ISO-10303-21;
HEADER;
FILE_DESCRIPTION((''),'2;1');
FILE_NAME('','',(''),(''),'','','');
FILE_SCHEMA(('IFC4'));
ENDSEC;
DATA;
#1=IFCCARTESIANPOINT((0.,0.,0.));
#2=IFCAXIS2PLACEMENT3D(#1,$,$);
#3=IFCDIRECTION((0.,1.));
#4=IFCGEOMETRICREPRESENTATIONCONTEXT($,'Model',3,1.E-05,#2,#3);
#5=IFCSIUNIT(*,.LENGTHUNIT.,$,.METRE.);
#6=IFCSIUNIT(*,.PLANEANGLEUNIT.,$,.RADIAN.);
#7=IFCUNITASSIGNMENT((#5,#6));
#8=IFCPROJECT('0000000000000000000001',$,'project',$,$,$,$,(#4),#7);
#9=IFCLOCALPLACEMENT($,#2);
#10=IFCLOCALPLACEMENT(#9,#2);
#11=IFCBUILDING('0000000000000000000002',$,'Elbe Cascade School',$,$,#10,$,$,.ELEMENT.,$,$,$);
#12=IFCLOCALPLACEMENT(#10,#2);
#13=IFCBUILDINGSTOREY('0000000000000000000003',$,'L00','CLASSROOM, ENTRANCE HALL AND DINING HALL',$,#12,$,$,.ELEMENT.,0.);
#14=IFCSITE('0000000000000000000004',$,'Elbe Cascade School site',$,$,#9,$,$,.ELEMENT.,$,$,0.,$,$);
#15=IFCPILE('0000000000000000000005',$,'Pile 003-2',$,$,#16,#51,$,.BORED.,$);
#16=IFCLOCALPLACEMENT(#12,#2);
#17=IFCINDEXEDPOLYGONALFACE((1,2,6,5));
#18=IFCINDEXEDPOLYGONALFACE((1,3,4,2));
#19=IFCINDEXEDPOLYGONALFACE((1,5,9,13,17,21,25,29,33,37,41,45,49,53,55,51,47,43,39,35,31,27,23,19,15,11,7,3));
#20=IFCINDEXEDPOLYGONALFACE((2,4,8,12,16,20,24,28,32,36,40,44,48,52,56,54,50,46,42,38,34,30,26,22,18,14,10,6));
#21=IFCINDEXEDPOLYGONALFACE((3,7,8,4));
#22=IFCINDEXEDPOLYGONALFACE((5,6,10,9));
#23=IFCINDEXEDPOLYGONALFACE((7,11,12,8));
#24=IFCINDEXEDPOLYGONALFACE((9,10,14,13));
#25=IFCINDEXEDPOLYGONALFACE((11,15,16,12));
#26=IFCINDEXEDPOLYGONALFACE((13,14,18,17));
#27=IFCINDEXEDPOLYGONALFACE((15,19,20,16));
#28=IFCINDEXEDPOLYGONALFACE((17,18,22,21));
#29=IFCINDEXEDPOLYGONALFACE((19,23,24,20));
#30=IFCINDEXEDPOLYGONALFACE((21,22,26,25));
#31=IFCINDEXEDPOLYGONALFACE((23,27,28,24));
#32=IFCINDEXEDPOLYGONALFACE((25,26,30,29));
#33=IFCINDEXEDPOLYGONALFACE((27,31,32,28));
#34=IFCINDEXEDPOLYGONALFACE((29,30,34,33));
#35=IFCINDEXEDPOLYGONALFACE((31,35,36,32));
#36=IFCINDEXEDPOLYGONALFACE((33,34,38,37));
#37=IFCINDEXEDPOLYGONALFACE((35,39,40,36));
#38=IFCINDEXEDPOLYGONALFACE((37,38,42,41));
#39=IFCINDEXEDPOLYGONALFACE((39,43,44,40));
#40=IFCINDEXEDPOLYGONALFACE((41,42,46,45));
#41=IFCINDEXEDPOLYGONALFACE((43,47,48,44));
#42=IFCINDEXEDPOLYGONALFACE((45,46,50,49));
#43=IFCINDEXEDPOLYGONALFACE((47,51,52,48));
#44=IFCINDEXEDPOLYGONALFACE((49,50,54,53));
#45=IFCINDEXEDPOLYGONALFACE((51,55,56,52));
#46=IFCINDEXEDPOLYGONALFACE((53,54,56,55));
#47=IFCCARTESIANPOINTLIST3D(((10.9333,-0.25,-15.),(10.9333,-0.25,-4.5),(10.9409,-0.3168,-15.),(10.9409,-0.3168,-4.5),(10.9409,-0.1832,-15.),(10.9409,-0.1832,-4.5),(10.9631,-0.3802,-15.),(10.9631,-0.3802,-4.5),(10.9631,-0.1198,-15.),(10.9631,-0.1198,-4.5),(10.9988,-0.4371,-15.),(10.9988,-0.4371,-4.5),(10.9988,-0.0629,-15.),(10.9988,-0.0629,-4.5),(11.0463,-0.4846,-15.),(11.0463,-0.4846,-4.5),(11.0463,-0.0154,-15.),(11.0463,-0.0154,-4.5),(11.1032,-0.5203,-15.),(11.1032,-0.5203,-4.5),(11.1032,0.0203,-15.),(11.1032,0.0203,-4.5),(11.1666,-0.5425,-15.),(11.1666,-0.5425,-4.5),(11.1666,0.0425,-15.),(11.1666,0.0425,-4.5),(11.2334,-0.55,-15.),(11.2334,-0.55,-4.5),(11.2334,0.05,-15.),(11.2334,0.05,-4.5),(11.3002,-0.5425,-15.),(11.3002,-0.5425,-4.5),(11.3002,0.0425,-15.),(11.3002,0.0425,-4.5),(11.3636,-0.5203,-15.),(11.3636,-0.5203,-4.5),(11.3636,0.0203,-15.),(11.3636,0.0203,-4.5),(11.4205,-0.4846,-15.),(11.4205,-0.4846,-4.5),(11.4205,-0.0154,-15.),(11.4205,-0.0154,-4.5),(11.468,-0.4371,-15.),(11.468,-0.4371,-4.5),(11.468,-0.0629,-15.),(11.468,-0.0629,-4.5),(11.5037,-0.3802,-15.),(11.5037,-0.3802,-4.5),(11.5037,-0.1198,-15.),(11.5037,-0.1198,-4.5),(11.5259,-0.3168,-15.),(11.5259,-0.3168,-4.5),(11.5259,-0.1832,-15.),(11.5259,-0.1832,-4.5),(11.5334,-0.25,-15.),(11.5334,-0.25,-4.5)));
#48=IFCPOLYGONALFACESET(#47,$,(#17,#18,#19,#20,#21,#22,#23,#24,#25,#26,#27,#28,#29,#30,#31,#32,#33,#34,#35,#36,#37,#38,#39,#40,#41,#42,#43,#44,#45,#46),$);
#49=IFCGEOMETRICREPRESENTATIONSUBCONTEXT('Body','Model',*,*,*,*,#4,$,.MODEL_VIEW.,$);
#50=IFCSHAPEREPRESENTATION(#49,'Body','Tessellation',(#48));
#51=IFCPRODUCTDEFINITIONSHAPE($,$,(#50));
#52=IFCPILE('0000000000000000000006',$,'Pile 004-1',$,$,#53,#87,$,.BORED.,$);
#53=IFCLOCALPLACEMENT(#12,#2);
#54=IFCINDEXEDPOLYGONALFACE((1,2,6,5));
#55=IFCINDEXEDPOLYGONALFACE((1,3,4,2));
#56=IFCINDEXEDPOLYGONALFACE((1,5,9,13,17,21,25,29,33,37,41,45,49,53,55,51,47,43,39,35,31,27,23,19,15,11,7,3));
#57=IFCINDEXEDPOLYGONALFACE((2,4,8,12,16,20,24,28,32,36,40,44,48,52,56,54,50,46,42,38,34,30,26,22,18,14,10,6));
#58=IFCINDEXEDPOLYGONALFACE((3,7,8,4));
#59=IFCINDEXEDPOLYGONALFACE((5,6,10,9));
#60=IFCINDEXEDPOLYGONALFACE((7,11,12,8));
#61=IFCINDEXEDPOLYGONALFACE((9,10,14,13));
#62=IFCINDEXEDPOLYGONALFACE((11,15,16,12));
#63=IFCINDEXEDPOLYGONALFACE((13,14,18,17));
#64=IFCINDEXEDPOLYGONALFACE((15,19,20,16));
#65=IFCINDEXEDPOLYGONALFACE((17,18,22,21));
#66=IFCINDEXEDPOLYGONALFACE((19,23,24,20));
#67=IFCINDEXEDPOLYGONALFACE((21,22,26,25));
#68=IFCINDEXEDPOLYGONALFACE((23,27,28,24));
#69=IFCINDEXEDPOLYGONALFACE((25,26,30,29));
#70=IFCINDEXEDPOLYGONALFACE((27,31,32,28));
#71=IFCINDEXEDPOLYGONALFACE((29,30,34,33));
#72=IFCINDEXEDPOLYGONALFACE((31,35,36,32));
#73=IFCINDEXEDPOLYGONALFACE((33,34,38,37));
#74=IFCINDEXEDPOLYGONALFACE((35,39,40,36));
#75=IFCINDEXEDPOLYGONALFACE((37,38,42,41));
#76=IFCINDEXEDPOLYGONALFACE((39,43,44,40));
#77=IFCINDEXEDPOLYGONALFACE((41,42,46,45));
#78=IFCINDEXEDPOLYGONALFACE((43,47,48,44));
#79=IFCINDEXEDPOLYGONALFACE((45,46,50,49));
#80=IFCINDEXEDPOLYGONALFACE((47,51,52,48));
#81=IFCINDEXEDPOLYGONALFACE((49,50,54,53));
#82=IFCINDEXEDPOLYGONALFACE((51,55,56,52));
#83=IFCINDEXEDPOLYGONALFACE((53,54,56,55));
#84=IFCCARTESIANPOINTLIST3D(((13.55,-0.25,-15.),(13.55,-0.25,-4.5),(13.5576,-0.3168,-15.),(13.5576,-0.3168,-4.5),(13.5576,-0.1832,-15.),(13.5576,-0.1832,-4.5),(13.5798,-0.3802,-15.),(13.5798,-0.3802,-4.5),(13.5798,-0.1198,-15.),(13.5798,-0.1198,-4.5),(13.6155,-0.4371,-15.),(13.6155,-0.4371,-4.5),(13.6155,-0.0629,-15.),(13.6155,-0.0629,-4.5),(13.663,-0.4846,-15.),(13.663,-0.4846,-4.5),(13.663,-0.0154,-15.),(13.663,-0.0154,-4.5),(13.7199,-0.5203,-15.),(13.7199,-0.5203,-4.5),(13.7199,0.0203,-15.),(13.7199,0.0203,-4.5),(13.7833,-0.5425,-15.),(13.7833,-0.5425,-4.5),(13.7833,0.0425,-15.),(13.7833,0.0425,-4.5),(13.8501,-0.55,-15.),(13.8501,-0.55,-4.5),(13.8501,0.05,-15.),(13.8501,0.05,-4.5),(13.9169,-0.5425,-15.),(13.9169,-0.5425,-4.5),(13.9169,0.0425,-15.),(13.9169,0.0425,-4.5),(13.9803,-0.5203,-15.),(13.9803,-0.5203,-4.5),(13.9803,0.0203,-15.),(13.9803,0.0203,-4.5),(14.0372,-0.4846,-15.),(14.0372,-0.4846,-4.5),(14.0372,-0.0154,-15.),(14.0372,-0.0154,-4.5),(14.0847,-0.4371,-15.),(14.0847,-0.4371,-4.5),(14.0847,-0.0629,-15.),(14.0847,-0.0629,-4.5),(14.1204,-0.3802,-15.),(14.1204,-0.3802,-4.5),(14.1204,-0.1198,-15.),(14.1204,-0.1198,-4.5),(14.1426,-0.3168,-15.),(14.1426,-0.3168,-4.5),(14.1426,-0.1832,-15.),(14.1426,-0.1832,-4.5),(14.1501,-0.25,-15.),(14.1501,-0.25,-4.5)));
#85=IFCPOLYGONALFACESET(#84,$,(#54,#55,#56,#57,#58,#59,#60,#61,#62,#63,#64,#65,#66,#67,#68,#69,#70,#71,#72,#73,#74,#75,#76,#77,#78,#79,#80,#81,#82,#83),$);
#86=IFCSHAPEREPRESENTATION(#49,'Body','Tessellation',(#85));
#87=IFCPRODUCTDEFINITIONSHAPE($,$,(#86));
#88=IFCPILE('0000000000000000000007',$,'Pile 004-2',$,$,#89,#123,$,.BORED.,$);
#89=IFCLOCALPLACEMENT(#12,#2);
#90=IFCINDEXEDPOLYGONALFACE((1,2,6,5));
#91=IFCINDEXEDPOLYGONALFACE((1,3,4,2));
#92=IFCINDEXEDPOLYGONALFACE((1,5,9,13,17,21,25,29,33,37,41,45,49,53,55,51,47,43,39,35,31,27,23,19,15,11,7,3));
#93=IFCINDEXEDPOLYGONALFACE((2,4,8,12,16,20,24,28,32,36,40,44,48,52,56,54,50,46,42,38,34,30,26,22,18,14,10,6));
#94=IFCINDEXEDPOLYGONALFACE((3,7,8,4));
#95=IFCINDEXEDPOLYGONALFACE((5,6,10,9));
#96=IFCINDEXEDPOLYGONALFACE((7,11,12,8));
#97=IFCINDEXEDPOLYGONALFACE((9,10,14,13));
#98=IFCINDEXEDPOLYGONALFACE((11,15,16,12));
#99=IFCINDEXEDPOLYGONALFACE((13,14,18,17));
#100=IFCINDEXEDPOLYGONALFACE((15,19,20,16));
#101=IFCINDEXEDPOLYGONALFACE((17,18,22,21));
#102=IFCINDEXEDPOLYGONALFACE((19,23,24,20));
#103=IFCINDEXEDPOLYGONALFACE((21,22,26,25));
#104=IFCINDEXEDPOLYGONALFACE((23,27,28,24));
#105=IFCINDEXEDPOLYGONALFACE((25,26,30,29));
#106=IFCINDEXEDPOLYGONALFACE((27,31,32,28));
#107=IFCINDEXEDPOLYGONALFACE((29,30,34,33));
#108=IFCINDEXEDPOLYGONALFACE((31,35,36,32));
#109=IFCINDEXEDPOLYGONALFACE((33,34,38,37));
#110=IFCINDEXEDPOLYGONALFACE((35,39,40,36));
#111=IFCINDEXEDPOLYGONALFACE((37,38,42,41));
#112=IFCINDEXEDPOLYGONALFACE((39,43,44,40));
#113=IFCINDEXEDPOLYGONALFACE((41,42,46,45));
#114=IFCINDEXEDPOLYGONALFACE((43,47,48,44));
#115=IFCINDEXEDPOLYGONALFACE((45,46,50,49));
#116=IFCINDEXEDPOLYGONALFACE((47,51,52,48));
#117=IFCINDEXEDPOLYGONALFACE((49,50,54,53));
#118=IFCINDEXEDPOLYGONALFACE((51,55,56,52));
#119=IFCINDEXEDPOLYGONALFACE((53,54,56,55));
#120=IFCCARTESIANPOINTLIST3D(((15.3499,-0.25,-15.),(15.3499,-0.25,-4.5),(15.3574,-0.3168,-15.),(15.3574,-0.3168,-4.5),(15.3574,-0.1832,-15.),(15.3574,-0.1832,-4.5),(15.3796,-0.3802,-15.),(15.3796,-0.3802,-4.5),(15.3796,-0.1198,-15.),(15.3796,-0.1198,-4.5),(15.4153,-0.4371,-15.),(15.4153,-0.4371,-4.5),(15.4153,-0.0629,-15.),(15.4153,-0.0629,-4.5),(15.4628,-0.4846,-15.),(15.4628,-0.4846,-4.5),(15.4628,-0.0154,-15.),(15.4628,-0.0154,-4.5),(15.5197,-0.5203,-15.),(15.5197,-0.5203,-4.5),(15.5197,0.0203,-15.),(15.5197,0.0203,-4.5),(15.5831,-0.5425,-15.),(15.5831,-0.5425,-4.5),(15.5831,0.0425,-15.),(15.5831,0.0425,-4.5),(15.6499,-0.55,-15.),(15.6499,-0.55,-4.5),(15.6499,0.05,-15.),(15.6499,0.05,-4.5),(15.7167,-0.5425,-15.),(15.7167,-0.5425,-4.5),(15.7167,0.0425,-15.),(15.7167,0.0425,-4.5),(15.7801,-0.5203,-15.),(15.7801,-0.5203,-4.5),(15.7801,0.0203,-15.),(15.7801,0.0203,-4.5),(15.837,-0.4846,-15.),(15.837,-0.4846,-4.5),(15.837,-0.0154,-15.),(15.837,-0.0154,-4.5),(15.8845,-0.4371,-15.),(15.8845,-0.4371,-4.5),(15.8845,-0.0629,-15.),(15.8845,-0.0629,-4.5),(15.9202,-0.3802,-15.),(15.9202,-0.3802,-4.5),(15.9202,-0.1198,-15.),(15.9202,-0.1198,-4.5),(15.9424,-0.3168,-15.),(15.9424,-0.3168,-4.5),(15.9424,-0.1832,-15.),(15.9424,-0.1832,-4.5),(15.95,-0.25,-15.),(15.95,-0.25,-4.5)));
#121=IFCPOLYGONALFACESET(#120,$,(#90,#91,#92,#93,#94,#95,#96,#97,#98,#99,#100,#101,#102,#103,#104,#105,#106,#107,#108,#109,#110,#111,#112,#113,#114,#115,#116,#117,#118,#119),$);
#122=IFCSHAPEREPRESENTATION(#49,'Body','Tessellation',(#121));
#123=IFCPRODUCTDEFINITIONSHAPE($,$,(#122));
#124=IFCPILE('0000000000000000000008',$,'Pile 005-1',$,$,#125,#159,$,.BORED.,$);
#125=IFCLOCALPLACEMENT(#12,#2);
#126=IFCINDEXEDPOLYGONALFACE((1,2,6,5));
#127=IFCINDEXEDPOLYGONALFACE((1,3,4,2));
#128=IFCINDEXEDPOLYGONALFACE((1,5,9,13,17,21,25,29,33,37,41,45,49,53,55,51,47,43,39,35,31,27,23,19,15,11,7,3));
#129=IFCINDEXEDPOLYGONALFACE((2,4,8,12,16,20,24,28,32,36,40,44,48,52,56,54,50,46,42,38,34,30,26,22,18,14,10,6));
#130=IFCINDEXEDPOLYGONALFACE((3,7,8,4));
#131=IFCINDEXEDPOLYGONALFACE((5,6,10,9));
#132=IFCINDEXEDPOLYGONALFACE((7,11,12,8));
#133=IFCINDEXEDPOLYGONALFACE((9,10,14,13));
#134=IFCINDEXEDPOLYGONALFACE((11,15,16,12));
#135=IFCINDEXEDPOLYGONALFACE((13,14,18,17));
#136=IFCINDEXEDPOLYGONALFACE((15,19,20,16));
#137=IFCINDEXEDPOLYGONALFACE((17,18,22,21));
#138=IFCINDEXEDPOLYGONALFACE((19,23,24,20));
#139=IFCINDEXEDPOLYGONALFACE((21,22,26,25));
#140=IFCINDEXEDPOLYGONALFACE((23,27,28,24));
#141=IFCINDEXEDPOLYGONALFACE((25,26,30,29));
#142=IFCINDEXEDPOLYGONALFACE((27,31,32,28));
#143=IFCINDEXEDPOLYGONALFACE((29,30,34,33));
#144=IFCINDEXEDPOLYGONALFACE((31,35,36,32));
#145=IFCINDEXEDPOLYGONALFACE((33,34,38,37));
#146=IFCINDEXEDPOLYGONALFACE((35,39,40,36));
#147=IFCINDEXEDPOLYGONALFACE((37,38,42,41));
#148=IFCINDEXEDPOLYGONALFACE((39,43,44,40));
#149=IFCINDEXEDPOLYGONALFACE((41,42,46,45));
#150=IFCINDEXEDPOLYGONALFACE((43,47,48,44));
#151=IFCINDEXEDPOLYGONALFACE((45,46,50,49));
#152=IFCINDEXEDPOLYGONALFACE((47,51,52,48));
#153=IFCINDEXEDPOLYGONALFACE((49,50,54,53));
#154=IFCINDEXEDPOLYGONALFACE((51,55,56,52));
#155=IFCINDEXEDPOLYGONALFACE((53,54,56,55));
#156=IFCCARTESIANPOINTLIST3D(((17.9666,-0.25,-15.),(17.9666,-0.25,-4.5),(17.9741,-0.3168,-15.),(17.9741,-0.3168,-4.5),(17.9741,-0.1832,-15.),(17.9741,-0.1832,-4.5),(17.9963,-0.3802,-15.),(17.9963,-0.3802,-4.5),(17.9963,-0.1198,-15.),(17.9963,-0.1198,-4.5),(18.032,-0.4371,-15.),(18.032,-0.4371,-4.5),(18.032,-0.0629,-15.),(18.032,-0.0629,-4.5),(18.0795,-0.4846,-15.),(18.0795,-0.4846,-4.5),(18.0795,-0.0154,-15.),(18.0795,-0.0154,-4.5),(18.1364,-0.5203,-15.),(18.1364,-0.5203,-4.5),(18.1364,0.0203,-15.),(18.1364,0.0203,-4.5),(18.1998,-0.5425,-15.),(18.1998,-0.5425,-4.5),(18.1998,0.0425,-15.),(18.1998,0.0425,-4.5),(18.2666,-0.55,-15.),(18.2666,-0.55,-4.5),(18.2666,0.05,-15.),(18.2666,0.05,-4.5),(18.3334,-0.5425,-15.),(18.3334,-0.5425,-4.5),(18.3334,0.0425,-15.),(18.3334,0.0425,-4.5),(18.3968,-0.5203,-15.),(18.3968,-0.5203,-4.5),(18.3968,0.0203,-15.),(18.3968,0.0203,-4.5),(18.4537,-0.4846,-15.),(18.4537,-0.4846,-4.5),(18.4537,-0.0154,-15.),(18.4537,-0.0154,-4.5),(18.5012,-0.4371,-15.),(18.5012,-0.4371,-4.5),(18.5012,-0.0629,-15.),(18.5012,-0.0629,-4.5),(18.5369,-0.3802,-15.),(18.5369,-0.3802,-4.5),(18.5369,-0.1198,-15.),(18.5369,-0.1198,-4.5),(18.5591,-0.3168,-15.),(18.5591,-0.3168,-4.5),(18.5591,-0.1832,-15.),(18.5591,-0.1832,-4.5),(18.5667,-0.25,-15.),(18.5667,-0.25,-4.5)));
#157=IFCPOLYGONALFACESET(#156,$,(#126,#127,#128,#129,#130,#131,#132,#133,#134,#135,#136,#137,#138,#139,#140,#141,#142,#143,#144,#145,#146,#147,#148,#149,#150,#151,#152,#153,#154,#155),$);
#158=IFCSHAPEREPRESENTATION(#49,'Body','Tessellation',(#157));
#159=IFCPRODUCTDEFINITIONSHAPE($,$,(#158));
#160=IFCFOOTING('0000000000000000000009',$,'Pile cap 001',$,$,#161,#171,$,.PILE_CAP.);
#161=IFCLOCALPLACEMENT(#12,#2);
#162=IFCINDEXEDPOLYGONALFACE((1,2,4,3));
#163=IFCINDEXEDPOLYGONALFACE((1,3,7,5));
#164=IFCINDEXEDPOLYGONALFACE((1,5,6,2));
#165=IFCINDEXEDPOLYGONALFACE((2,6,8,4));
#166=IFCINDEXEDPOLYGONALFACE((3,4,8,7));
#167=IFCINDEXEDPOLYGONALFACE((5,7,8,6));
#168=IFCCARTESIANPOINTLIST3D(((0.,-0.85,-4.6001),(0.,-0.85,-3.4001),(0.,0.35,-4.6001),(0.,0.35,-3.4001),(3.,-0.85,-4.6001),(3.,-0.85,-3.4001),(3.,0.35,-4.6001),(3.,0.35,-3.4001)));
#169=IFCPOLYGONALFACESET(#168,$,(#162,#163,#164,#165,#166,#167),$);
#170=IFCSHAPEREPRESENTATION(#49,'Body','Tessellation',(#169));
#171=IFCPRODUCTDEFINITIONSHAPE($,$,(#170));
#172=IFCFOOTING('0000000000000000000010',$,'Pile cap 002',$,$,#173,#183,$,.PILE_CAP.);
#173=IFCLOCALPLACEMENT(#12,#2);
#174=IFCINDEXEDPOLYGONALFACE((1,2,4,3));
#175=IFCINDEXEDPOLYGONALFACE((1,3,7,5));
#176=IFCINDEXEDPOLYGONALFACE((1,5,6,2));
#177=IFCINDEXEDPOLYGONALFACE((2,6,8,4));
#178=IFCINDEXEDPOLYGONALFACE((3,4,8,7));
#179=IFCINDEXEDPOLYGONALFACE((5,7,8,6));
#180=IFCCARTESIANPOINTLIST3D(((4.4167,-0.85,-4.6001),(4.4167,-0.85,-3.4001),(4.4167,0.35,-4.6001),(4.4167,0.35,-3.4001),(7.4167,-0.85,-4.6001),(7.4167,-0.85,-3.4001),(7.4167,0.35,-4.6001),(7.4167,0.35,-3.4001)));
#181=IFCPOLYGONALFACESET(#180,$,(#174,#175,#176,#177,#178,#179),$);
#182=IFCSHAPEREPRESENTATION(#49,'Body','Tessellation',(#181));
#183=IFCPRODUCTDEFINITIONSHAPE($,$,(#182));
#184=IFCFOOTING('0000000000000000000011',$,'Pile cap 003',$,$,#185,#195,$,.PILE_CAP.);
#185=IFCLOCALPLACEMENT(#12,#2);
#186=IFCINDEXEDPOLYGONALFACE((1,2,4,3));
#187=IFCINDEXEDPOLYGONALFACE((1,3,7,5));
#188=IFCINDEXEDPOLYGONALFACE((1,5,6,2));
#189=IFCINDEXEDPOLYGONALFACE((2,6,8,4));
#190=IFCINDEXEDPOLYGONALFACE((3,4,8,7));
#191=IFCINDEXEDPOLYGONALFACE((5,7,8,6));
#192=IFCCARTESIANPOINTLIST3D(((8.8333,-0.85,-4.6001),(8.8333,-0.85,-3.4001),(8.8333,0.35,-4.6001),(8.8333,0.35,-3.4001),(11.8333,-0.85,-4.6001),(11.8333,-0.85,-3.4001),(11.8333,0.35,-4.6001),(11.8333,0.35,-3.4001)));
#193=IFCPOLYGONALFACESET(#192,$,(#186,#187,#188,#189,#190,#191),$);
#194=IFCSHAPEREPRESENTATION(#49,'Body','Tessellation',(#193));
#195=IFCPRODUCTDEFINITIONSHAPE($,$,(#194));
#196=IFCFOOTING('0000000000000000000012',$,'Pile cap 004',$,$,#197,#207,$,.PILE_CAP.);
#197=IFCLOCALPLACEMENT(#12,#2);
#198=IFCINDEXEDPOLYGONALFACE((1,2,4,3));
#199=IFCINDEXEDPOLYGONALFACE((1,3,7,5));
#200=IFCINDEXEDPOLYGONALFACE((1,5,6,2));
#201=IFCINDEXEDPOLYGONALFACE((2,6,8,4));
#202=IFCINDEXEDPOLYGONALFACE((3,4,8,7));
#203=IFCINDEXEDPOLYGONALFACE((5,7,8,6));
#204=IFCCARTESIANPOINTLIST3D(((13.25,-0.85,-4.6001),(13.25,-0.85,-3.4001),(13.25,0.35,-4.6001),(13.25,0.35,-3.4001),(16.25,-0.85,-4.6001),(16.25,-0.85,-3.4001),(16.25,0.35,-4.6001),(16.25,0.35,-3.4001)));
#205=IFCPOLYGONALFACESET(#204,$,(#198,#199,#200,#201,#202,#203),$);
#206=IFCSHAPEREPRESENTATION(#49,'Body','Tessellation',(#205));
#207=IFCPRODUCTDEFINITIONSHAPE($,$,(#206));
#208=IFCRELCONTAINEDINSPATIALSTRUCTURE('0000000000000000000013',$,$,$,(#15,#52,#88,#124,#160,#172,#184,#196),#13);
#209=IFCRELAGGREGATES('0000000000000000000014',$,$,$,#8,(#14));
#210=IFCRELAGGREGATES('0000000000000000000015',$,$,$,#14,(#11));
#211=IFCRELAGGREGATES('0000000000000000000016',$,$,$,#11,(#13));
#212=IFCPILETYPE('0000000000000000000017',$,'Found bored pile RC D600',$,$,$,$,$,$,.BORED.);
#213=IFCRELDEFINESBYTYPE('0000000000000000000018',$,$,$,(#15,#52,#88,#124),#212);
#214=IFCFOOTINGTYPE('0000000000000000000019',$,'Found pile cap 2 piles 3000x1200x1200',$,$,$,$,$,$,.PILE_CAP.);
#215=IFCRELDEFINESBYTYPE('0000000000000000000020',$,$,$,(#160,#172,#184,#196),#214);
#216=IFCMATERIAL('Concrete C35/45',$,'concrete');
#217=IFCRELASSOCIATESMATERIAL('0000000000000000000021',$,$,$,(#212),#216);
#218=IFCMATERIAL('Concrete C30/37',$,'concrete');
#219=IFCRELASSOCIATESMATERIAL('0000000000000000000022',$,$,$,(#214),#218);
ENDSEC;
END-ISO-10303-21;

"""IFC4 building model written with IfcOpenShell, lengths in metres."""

from ifc_helpers import new_model, si_unit, direction, frame, origin, origin_2d, place, context, subcontext, project, spatial, rectangle, circle, extrude, material, material_profile, profile_set, type_object, element, save


model = new_model("IFC4")

# Units and contexts
model_context = context("Model", 3, precision=1e-05, world=origin(), true_north=direction((0.0, 1.0)))
body_context = subcontext(model_context, "Body", "Model", "MODEL_VIEW")
ifc_project = project(units=[si_unit("LENGTHUNIT", "METRE"), si_unit("PLANEANGLEUNIT", "RADIAN")], contexts=[model_context])

# Site, building, storey
site_placement = place(None, origin())
site = spatial("IfcSite", under=ifc_project, at=site_placement, Name="Elbe Cascade School site", CompositionType="ELEMENT", RefElevation=0.0)
building_placement = place(site_placement, origin())
building = spatial("IfcBuilding", under=site, at=building_placement, Name="Elbe Cascade School", CompositionType="ELEMENT")
storey_placement = place(building_placement, origin())
storey = spatial("IfcBuildingStorey", under=building, at=storey_placement, Name="L00", Description="CLASSROOM, ENTRANCE HALL AND DINING HALL", CompositionType="ELEMENT", Elevation=0.0)

# Piles
ifc_material_1 = material(Name="Concrete C35/45", Category="concrete")
ifc_material_profile_1 = material_profile(ifc_material_1, circle(Radius=0.3, at=origin_2d()), Name="RC D600")
ifc_profile_set_1 = profile_set([ifc_material_profile_1], Name="Concrete C35/45")
pile_type = type_object("IfcPileType", Name="Found bored pile RC D600", PredefinedType="BORED", material=ifc_profile_set_1)
for number, where, z_axis, x_axis, name in (
    (1, (11.2334, -0.25, -4.5), (0.0, 0.0, -1.0), (1.0, 0.0, 0.0), "Pile 003-2"),
    (2, (13.8501, -0.25, -4.5), (0.0, 0.0, -1.0), (1.0, 0.0, 0.0), "Pile 004-1"),
    (3, (15.6499, -0.25, -4.5), (0.0, 0.0, -1.0), (1.0, 0.0, 0.0), "Pile 004-2"),
    (4, (18.2666, -0.25, -4.5), (0.0, 0.0, -1.0), (1.0, 0.0, 0.0), "Pile 005-1"),
):
    element("IfcPile", number, at=place(storey_placement, frame(where, z_axis=z_axis, x_axis=x_axis)), inside=storey, type_object=pile_type, Name=name, PredefinedType="BORED", context=body_context, shape_type="SweptSolid", body=[
        extrude(circle(Radius=0.3, at=origin_2d()), origin(), (0.0, 0.0, 1.0), 10.5),
    ])

# Footings
ifc_material_2 = material(Name="Concrete C30/37", Category="concrete")
footing_type = type_object("IfcFootingType", Name="Found pile cap 2 piles 3000x1200x1200", PredefinedType="PILE_CAP", material=ifc_material_2)
for number, where, z_axis, x_axis, name in (
    (5, (1.5, -0.25, -4.6001), (0.0, 0.0, 1.0), (1.0, 0.0, 0.0), "Pile cap 001"),
    (6, (5.9167, -0.25, -4.6001), (0.0, 0.0, 1.0), (1.0, 0.0, 0.0), "Pile cap 002"),
    (7, (10.3333, -0.25, -4.6001), (0.0, 0.0, 1.0), (1.0, 0.0, 0.0), "Pile cap 003"),
    (8, (14.75, -0.25, -4.6001), (0.0, 0.0, 1.0), (1.0, 0.0, 0.0), "Pile cap 004"),
):
    element("IfcFooting", number, at=place(storey_placement, frame(where, z_axis=z_axis, x_axis=x_axis)), inside=storey, type_object=footing_type, Name=name, PredefinedType="PILE_CAP", context=body_context, shape_type="SweptSolid", body=[
        extrude(rectangle(XDim=3.0, YDim=1.2, at=origin_2d()), origin(), (0.0, 0.0, 1.0), 1.2),
    ])

save(model, "model.ifc")
